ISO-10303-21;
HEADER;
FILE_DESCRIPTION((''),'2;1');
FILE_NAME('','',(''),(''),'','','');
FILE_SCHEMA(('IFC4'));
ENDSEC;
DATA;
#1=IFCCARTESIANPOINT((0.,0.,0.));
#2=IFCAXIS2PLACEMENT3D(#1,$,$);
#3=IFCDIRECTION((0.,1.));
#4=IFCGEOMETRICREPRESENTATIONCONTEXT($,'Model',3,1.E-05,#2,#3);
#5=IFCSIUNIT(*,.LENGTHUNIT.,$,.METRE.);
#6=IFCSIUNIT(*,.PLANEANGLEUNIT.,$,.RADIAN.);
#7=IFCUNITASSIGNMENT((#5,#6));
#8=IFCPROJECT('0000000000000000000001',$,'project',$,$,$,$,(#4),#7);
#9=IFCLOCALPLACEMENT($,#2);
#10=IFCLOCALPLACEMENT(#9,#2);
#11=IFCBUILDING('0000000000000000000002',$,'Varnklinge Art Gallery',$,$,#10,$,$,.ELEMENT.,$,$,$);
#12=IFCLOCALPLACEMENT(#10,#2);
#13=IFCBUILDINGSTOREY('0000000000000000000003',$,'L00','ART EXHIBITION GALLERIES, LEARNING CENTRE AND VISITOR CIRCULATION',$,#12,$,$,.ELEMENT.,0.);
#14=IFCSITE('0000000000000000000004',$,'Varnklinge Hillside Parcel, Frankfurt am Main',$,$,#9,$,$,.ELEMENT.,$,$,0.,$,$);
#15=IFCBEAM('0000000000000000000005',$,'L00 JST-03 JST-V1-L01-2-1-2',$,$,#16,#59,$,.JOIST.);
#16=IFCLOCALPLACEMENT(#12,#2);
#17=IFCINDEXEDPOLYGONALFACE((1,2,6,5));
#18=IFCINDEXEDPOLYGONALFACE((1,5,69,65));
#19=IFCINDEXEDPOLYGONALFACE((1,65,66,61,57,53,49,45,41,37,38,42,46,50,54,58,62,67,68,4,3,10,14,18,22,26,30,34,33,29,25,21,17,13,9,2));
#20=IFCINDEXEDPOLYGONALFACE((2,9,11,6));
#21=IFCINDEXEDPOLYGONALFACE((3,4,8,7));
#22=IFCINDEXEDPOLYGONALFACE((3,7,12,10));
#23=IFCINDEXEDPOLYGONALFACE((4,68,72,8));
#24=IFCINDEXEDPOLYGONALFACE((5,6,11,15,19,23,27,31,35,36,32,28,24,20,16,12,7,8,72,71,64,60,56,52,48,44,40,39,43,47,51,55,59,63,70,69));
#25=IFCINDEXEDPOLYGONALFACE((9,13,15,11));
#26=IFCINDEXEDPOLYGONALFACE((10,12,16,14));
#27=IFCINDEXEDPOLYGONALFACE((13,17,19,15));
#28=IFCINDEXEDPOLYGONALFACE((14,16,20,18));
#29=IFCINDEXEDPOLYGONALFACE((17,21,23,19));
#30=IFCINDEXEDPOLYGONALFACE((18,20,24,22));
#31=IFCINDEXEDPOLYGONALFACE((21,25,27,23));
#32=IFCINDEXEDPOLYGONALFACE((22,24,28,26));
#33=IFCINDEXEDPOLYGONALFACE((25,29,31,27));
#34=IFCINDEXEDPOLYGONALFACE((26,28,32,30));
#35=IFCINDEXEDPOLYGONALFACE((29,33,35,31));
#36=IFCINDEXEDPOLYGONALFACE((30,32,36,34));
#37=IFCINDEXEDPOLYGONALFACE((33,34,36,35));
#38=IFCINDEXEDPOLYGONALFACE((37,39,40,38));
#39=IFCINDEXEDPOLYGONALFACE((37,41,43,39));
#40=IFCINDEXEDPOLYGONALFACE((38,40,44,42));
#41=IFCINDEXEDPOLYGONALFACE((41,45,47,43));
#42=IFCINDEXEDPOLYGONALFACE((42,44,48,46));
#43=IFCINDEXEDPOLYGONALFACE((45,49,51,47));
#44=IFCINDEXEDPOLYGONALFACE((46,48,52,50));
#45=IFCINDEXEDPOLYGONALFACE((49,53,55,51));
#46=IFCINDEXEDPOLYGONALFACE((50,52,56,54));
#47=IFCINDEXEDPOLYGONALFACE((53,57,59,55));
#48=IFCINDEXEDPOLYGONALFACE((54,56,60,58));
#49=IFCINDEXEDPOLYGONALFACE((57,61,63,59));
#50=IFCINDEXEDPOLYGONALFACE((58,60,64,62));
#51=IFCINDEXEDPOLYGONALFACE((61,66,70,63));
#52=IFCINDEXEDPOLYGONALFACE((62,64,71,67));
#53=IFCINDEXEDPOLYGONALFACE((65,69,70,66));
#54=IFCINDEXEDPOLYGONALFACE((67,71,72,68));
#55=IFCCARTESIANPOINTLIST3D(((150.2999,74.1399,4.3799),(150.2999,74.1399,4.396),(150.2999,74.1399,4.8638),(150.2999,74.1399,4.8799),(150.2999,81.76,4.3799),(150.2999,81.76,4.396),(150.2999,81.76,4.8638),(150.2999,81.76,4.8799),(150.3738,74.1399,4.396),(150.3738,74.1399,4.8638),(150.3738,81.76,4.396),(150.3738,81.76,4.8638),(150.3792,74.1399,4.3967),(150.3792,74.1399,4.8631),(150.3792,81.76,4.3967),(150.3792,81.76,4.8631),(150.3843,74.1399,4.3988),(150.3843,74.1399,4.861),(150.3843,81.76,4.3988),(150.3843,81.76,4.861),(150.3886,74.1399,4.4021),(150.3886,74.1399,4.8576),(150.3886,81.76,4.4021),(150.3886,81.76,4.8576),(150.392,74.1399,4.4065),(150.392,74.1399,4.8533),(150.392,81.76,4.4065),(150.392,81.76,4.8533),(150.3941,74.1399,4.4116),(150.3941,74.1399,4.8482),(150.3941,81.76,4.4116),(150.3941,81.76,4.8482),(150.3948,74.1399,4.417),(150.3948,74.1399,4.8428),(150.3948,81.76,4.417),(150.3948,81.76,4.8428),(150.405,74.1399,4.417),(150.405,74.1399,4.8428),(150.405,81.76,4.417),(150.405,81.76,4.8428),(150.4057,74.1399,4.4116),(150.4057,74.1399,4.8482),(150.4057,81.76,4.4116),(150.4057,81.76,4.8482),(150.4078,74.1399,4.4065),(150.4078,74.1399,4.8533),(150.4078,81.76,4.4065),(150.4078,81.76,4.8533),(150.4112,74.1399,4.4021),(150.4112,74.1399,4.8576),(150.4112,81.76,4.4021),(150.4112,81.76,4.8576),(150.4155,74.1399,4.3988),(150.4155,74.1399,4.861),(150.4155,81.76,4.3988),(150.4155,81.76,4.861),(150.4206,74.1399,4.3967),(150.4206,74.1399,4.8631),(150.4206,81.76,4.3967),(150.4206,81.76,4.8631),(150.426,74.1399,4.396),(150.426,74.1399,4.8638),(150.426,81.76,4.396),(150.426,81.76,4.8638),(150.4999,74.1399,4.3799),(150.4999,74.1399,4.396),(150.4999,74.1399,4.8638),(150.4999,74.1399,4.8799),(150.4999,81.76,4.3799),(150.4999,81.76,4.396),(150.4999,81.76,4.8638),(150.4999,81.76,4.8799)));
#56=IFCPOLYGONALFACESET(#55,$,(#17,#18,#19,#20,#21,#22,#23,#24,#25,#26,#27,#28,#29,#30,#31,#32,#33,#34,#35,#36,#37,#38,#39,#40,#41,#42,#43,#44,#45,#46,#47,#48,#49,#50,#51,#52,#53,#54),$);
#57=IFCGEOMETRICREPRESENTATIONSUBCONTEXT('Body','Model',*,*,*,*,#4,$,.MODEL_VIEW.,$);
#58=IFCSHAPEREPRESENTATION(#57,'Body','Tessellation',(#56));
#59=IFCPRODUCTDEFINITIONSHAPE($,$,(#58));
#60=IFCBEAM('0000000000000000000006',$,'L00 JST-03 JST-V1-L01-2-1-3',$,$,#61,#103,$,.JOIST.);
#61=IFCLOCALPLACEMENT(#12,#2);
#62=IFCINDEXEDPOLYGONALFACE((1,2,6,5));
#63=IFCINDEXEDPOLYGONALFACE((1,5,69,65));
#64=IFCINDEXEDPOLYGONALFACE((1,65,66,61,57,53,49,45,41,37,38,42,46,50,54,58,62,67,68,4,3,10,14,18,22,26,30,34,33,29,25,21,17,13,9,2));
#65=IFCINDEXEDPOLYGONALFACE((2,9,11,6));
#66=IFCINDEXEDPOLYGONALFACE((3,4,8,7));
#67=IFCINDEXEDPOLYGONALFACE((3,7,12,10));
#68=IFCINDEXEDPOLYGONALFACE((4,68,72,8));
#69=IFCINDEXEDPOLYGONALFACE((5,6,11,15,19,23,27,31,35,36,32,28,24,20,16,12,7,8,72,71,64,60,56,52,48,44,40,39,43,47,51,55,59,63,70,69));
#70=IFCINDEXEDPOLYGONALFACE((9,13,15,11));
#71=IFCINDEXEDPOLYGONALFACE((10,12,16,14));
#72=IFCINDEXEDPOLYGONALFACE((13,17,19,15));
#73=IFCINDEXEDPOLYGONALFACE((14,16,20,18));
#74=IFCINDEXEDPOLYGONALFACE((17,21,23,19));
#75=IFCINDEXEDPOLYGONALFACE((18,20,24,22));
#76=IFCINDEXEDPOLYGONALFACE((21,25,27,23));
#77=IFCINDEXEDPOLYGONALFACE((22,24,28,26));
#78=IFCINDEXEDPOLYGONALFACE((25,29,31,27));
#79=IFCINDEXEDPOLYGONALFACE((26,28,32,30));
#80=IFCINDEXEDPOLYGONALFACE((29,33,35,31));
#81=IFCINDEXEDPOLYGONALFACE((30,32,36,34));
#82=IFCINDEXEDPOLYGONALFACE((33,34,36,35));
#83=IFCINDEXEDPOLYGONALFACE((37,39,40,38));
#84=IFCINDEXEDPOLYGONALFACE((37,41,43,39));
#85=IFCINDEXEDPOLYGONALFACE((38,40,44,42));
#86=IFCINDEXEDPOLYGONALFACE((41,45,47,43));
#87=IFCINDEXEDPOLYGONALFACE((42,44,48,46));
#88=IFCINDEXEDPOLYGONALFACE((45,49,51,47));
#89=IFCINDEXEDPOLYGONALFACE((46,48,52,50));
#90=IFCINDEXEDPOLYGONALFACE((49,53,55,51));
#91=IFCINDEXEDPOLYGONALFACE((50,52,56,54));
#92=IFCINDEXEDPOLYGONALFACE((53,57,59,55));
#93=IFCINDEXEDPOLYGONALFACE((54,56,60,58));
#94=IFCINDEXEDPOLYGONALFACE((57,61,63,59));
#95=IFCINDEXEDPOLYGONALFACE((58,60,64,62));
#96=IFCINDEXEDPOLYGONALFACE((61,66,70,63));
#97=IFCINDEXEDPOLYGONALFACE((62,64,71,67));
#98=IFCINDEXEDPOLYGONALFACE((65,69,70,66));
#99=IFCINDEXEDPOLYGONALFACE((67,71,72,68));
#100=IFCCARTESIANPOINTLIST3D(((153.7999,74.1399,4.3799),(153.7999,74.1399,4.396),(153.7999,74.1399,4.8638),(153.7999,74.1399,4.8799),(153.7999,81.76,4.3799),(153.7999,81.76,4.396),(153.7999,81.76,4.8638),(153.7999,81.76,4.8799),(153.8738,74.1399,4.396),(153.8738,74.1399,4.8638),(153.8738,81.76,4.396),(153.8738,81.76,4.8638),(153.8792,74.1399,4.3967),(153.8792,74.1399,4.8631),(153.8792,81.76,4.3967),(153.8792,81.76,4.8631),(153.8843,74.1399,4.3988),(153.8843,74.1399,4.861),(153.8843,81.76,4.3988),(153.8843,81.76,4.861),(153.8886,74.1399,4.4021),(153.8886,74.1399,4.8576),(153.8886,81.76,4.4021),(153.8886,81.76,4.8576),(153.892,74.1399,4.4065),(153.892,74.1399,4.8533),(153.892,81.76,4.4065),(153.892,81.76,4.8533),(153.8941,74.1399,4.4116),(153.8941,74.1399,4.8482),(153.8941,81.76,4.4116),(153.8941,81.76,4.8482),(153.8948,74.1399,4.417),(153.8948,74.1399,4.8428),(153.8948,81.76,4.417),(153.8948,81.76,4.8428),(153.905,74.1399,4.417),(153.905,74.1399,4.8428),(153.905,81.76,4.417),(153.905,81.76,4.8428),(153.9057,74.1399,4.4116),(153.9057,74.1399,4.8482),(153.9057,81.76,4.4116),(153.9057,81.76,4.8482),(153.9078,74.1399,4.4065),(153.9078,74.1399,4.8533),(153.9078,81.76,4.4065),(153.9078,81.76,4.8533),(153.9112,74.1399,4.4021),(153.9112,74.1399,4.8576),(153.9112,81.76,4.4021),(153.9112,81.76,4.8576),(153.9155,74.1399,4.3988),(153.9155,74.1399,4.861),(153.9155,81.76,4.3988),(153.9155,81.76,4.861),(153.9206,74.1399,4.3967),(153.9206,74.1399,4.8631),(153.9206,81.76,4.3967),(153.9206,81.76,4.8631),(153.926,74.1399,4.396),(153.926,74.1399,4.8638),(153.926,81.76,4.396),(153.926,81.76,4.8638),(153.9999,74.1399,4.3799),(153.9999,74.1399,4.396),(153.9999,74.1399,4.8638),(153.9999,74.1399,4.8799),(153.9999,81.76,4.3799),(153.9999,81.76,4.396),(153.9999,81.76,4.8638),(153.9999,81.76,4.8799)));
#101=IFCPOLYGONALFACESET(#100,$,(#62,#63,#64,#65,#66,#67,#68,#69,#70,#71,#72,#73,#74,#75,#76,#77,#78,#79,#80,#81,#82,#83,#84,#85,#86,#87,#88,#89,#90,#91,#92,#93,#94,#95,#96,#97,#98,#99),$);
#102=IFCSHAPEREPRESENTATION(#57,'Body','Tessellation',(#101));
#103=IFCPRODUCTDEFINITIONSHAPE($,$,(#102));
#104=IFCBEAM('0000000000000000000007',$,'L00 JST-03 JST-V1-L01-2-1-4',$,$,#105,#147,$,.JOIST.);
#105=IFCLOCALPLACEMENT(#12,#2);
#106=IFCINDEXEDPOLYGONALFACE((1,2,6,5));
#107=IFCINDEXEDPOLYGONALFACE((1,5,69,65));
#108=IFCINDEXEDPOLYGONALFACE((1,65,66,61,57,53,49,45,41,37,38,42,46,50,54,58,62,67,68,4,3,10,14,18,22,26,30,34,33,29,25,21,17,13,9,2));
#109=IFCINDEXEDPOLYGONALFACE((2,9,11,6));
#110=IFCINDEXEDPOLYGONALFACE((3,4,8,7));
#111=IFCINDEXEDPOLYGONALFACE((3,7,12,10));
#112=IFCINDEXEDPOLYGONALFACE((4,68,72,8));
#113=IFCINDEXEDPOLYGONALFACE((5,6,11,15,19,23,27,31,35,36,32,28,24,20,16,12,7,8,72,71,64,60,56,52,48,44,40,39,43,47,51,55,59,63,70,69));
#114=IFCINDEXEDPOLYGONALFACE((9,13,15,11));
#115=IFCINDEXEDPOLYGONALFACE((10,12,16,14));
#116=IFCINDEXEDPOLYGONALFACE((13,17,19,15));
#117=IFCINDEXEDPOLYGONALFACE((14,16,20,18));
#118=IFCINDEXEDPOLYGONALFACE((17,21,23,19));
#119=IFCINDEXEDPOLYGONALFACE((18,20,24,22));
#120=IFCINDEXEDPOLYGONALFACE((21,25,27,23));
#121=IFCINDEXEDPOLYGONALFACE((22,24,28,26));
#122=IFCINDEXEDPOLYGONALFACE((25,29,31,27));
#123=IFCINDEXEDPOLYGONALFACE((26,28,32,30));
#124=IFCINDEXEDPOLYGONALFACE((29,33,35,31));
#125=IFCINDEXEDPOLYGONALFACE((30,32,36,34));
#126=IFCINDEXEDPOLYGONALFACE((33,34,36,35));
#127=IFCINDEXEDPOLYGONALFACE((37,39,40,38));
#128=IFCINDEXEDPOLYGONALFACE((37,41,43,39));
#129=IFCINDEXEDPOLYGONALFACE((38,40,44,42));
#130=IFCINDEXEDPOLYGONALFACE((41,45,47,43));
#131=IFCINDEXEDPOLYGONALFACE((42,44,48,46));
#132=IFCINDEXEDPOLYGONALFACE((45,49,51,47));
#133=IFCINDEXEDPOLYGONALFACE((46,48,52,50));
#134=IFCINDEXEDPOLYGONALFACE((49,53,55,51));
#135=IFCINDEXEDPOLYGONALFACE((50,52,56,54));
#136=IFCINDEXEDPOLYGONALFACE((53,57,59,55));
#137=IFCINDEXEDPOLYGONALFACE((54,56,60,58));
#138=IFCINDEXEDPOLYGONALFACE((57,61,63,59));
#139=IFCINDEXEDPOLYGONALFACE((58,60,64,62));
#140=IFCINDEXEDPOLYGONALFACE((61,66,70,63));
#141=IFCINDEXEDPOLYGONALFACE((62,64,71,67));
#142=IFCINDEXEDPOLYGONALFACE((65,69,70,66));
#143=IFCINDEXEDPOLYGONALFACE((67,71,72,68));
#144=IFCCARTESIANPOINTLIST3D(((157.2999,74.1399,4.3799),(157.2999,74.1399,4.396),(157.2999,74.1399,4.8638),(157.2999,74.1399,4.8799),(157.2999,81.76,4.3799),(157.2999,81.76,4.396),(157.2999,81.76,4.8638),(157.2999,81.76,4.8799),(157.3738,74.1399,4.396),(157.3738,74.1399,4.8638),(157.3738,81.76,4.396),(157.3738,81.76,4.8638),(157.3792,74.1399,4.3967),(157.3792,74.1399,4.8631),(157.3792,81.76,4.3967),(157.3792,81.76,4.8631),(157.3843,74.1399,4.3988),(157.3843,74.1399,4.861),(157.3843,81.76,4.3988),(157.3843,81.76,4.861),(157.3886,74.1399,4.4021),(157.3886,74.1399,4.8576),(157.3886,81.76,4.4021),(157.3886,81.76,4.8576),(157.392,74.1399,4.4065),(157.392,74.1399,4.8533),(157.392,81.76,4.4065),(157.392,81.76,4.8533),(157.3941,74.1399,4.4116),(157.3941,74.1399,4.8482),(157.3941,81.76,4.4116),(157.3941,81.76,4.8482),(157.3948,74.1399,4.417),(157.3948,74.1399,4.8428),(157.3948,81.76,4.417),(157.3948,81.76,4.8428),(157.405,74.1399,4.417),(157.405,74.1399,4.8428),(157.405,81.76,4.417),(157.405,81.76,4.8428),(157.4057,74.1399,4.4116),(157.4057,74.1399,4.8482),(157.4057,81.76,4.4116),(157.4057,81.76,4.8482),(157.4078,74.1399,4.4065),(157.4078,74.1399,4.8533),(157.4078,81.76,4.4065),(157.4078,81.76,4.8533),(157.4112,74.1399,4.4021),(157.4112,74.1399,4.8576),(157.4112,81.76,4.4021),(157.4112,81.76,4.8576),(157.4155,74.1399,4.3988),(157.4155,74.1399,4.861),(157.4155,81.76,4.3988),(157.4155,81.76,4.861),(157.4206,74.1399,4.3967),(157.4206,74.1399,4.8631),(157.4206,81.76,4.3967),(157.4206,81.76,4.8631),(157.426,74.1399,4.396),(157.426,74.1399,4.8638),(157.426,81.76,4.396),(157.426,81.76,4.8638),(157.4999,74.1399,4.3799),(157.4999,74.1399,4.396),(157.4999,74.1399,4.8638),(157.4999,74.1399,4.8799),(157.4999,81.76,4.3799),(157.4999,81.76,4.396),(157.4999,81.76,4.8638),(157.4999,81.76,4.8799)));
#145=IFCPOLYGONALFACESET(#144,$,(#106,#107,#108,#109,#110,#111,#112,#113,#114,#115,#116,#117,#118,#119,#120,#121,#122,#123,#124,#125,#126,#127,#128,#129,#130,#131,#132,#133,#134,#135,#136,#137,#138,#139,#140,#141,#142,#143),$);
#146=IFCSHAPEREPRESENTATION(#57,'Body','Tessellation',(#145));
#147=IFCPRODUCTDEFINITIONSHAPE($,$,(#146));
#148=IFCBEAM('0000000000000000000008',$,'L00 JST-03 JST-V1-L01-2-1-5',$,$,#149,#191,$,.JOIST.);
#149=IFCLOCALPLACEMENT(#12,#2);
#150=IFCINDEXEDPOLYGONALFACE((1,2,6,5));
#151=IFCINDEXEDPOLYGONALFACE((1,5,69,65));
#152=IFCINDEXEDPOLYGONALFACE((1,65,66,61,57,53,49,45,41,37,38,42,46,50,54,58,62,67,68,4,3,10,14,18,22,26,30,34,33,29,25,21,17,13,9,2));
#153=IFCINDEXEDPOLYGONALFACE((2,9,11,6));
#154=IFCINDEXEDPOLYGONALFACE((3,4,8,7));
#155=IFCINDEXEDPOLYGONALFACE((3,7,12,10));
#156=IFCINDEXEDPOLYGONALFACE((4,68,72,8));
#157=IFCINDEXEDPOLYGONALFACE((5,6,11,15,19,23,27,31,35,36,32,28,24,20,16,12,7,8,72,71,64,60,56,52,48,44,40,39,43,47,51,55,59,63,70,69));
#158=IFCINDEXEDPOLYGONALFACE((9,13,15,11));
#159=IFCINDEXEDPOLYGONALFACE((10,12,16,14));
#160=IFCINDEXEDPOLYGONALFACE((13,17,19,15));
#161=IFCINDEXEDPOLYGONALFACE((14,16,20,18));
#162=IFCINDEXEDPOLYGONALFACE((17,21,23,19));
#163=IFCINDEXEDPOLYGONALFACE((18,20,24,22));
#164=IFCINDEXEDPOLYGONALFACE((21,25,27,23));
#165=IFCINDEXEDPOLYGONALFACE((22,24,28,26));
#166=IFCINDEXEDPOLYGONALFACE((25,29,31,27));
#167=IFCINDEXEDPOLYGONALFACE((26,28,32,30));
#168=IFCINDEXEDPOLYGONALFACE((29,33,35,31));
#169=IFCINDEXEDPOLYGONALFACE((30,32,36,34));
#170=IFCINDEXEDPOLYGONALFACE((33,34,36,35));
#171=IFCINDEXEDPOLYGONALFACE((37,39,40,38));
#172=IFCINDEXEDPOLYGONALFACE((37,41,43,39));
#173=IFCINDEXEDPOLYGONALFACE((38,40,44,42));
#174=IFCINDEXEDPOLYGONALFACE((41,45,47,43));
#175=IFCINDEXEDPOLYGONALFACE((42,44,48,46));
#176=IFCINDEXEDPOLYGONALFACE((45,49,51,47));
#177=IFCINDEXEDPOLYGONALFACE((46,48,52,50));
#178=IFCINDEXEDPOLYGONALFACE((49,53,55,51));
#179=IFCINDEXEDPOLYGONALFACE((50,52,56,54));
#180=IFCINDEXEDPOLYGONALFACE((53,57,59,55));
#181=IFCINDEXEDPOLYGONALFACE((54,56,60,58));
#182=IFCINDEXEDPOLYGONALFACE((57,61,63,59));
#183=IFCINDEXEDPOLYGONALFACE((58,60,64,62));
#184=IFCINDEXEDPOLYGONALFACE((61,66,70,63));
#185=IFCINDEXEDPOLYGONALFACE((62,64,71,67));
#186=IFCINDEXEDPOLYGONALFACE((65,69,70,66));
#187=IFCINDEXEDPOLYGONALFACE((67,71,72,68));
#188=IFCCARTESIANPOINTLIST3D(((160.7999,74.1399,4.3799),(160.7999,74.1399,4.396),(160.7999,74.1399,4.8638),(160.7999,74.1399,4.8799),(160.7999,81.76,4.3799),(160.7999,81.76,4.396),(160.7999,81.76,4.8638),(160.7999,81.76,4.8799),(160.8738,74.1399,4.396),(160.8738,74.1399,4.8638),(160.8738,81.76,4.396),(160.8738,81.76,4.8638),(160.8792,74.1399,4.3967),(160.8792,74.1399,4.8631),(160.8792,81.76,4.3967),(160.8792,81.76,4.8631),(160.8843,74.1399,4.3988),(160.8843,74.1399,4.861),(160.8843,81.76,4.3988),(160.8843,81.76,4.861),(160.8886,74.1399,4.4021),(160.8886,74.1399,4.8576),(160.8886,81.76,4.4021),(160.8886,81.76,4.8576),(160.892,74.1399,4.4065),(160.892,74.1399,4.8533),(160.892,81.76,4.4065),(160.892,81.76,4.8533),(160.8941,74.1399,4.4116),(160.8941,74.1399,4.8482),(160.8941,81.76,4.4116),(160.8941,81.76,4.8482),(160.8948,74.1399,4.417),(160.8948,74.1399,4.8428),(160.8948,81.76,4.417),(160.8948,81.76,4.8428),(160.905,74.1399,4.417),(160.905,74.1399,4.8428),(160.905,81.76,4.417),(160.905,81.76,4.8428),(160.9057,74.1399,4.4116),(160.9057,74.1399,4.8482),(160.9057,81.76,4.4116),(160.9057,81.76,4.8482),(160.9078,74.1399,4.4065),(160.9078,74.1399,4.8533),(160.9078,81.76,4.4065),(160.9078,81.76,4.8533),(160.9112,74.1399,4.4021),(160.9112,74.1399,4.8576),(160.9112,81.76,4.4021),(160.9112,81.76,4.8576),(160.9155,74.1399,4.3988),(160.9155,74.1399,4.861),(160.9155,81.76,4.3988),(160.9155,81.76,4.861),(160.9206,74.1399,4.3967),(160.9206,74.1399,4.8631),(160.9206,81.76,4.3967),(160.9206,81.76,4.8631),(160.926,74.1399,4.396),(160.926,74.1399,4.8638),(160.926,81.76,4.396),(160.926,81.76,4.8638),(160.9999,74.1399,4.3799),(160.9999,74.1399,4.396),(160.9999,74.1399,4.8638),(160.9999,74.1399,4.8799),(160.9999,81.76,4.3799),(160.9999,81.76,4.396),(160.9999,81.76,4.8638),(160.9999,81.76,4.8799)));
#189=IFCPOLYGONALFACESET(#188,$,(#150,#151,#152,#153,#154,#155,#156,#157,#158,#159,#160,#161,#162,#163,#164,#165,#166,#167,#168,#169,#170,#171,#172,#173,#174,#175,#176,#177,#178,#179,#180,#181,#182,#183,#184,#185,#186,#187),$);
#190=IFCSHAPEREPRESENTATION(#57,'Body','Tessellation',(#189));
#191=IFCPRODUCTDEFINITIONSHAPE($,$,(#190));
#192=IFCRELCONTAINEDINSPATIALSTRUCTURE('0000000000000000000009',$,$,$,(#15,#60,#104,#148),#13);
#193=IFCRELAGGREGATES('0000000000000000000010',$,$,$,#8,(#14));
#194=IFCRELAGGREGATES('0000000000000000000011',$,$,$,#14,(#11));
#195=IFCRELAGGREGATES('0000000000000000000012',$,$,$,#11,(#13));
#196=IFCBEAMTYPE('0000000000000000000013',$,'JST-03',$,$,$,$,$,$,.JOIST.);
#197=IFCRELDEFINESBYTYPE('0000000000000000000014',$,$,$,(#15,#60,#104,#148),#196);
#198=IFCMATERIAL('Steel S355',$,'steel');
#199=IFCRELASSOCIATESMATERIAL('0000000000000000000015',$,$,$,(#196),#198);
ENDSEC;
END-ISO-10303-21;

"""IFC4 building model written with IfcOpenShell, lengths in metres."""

from ifc_helpers import new_model, si_unit, direction, frame, origin, origin_2d, place, context, subcontext, project, spatial, i_section, extrude, material, material_profile, profile_set, type_object, element, save


model = new_model("IFC4")

# Units and contexts
model_context = context("Model", 3, precision=1e-05, world=origin(), true_north=direction((0.0, 1.0)))
body_context = subcontext(model_context, "Body", "Model", "MODEL_VIEW")
ifc_project = project(units=[si_unit("LENGTHUNIT", "METRE"), si_unit("PLANEANGLEUNIT", "RADIAN")], contexts=[model_context])

# Site, building, storey
site_placement = place(None, origin())
site = spatial("IfcSite", under=ifc_project, at=site_placement, Name="Varnklinge Hillside Parcel, Frankfurt am Main", CompositionType="ELEMENT", RefElevation=0.0)
building_placement = place(site_placement, origin())
building = spatial("IfcBuilding", under=site, at=building_placement, Name="Varnklinge Art Gallery", CompositionType="ELEMENT")
storey_placement = place(building_placement, origin())
storey = spatial("IfcBuildingStorey", under=building, at=storey_placement, Name="L00", Description="ART EXHIBITION GALLERIES, LEARNING CENTRE AND VISITOR CIRCULATION", CompositionType="ELEMENT", Elevation=0.0)

# Beams
ifc_material_1 = material(Name="Steel S355", Category="steel")
ifc_material_profile_1 = material_profile(ifc_material_1, i_section(OverallWidth=0.2, OverallDepth=0.5, WebThickness=0.0103, FlangeThickness=0.0161, FilletRadius=0.021, at=origin_2d()), Name="IPE 500")
ifc_profile_set_1 = profile_set([ifc_material_profile_1], Name="Steel S355")
beam_type_1 = type_object("IfcBeamType", Name="JST-03", PredefinedType="JOIST", material=ifc_profile_set_1)
for number, where, z_axis, x_axis, name in (
    (1, (150.3999, 74.1399, 4.6299), (0.0, 1.0, 0.0), (-1.0, 0.0, 0.0), "L00 JST-03 JST-V1-L01-2-1-2"),
    (2, (153.8999, 74.1399, 4.6299), (0.0, 1.0, 0.0), (-1.0, 0.0, 0.0), "L00 JST-03 JST-V1-L01-2-1-3"),
    (3, (157.3999, 74.1399, 4.6299), (0.0, 1.0, 0.0), (-1.0, 0.0, 0.0), "L00 JST-03 JST-V1-L01-2-1-4"),
    (4, (160.8999, 74.1399, 4.6299), (0.0, 1.0, 0.0), (-1.0, 0.0, 0.0), "L00 JST-03 JST-V1-L01-2-1-5"),
):
    element("IfcBeam", number, at=place(storey_placement, frame(where, z_axis=z_axis, x_axis=x_axis)), inside=storey, type_object=beam_type_1, Name=name, PredefinedType="JOIST", context=body_context, shape_type="SweptSolid", body=[
        extrude(i_section(OverallWidth=0.2, OverallDepth=0.5, WebThickness=0.0103, FlangeThickness=0.0161, FilletRadius=0.021, at=origin_2d()), origin(), (0.0, 0.0, 1.0), 7.6201),
    ])

save(model, "model.ifc")
